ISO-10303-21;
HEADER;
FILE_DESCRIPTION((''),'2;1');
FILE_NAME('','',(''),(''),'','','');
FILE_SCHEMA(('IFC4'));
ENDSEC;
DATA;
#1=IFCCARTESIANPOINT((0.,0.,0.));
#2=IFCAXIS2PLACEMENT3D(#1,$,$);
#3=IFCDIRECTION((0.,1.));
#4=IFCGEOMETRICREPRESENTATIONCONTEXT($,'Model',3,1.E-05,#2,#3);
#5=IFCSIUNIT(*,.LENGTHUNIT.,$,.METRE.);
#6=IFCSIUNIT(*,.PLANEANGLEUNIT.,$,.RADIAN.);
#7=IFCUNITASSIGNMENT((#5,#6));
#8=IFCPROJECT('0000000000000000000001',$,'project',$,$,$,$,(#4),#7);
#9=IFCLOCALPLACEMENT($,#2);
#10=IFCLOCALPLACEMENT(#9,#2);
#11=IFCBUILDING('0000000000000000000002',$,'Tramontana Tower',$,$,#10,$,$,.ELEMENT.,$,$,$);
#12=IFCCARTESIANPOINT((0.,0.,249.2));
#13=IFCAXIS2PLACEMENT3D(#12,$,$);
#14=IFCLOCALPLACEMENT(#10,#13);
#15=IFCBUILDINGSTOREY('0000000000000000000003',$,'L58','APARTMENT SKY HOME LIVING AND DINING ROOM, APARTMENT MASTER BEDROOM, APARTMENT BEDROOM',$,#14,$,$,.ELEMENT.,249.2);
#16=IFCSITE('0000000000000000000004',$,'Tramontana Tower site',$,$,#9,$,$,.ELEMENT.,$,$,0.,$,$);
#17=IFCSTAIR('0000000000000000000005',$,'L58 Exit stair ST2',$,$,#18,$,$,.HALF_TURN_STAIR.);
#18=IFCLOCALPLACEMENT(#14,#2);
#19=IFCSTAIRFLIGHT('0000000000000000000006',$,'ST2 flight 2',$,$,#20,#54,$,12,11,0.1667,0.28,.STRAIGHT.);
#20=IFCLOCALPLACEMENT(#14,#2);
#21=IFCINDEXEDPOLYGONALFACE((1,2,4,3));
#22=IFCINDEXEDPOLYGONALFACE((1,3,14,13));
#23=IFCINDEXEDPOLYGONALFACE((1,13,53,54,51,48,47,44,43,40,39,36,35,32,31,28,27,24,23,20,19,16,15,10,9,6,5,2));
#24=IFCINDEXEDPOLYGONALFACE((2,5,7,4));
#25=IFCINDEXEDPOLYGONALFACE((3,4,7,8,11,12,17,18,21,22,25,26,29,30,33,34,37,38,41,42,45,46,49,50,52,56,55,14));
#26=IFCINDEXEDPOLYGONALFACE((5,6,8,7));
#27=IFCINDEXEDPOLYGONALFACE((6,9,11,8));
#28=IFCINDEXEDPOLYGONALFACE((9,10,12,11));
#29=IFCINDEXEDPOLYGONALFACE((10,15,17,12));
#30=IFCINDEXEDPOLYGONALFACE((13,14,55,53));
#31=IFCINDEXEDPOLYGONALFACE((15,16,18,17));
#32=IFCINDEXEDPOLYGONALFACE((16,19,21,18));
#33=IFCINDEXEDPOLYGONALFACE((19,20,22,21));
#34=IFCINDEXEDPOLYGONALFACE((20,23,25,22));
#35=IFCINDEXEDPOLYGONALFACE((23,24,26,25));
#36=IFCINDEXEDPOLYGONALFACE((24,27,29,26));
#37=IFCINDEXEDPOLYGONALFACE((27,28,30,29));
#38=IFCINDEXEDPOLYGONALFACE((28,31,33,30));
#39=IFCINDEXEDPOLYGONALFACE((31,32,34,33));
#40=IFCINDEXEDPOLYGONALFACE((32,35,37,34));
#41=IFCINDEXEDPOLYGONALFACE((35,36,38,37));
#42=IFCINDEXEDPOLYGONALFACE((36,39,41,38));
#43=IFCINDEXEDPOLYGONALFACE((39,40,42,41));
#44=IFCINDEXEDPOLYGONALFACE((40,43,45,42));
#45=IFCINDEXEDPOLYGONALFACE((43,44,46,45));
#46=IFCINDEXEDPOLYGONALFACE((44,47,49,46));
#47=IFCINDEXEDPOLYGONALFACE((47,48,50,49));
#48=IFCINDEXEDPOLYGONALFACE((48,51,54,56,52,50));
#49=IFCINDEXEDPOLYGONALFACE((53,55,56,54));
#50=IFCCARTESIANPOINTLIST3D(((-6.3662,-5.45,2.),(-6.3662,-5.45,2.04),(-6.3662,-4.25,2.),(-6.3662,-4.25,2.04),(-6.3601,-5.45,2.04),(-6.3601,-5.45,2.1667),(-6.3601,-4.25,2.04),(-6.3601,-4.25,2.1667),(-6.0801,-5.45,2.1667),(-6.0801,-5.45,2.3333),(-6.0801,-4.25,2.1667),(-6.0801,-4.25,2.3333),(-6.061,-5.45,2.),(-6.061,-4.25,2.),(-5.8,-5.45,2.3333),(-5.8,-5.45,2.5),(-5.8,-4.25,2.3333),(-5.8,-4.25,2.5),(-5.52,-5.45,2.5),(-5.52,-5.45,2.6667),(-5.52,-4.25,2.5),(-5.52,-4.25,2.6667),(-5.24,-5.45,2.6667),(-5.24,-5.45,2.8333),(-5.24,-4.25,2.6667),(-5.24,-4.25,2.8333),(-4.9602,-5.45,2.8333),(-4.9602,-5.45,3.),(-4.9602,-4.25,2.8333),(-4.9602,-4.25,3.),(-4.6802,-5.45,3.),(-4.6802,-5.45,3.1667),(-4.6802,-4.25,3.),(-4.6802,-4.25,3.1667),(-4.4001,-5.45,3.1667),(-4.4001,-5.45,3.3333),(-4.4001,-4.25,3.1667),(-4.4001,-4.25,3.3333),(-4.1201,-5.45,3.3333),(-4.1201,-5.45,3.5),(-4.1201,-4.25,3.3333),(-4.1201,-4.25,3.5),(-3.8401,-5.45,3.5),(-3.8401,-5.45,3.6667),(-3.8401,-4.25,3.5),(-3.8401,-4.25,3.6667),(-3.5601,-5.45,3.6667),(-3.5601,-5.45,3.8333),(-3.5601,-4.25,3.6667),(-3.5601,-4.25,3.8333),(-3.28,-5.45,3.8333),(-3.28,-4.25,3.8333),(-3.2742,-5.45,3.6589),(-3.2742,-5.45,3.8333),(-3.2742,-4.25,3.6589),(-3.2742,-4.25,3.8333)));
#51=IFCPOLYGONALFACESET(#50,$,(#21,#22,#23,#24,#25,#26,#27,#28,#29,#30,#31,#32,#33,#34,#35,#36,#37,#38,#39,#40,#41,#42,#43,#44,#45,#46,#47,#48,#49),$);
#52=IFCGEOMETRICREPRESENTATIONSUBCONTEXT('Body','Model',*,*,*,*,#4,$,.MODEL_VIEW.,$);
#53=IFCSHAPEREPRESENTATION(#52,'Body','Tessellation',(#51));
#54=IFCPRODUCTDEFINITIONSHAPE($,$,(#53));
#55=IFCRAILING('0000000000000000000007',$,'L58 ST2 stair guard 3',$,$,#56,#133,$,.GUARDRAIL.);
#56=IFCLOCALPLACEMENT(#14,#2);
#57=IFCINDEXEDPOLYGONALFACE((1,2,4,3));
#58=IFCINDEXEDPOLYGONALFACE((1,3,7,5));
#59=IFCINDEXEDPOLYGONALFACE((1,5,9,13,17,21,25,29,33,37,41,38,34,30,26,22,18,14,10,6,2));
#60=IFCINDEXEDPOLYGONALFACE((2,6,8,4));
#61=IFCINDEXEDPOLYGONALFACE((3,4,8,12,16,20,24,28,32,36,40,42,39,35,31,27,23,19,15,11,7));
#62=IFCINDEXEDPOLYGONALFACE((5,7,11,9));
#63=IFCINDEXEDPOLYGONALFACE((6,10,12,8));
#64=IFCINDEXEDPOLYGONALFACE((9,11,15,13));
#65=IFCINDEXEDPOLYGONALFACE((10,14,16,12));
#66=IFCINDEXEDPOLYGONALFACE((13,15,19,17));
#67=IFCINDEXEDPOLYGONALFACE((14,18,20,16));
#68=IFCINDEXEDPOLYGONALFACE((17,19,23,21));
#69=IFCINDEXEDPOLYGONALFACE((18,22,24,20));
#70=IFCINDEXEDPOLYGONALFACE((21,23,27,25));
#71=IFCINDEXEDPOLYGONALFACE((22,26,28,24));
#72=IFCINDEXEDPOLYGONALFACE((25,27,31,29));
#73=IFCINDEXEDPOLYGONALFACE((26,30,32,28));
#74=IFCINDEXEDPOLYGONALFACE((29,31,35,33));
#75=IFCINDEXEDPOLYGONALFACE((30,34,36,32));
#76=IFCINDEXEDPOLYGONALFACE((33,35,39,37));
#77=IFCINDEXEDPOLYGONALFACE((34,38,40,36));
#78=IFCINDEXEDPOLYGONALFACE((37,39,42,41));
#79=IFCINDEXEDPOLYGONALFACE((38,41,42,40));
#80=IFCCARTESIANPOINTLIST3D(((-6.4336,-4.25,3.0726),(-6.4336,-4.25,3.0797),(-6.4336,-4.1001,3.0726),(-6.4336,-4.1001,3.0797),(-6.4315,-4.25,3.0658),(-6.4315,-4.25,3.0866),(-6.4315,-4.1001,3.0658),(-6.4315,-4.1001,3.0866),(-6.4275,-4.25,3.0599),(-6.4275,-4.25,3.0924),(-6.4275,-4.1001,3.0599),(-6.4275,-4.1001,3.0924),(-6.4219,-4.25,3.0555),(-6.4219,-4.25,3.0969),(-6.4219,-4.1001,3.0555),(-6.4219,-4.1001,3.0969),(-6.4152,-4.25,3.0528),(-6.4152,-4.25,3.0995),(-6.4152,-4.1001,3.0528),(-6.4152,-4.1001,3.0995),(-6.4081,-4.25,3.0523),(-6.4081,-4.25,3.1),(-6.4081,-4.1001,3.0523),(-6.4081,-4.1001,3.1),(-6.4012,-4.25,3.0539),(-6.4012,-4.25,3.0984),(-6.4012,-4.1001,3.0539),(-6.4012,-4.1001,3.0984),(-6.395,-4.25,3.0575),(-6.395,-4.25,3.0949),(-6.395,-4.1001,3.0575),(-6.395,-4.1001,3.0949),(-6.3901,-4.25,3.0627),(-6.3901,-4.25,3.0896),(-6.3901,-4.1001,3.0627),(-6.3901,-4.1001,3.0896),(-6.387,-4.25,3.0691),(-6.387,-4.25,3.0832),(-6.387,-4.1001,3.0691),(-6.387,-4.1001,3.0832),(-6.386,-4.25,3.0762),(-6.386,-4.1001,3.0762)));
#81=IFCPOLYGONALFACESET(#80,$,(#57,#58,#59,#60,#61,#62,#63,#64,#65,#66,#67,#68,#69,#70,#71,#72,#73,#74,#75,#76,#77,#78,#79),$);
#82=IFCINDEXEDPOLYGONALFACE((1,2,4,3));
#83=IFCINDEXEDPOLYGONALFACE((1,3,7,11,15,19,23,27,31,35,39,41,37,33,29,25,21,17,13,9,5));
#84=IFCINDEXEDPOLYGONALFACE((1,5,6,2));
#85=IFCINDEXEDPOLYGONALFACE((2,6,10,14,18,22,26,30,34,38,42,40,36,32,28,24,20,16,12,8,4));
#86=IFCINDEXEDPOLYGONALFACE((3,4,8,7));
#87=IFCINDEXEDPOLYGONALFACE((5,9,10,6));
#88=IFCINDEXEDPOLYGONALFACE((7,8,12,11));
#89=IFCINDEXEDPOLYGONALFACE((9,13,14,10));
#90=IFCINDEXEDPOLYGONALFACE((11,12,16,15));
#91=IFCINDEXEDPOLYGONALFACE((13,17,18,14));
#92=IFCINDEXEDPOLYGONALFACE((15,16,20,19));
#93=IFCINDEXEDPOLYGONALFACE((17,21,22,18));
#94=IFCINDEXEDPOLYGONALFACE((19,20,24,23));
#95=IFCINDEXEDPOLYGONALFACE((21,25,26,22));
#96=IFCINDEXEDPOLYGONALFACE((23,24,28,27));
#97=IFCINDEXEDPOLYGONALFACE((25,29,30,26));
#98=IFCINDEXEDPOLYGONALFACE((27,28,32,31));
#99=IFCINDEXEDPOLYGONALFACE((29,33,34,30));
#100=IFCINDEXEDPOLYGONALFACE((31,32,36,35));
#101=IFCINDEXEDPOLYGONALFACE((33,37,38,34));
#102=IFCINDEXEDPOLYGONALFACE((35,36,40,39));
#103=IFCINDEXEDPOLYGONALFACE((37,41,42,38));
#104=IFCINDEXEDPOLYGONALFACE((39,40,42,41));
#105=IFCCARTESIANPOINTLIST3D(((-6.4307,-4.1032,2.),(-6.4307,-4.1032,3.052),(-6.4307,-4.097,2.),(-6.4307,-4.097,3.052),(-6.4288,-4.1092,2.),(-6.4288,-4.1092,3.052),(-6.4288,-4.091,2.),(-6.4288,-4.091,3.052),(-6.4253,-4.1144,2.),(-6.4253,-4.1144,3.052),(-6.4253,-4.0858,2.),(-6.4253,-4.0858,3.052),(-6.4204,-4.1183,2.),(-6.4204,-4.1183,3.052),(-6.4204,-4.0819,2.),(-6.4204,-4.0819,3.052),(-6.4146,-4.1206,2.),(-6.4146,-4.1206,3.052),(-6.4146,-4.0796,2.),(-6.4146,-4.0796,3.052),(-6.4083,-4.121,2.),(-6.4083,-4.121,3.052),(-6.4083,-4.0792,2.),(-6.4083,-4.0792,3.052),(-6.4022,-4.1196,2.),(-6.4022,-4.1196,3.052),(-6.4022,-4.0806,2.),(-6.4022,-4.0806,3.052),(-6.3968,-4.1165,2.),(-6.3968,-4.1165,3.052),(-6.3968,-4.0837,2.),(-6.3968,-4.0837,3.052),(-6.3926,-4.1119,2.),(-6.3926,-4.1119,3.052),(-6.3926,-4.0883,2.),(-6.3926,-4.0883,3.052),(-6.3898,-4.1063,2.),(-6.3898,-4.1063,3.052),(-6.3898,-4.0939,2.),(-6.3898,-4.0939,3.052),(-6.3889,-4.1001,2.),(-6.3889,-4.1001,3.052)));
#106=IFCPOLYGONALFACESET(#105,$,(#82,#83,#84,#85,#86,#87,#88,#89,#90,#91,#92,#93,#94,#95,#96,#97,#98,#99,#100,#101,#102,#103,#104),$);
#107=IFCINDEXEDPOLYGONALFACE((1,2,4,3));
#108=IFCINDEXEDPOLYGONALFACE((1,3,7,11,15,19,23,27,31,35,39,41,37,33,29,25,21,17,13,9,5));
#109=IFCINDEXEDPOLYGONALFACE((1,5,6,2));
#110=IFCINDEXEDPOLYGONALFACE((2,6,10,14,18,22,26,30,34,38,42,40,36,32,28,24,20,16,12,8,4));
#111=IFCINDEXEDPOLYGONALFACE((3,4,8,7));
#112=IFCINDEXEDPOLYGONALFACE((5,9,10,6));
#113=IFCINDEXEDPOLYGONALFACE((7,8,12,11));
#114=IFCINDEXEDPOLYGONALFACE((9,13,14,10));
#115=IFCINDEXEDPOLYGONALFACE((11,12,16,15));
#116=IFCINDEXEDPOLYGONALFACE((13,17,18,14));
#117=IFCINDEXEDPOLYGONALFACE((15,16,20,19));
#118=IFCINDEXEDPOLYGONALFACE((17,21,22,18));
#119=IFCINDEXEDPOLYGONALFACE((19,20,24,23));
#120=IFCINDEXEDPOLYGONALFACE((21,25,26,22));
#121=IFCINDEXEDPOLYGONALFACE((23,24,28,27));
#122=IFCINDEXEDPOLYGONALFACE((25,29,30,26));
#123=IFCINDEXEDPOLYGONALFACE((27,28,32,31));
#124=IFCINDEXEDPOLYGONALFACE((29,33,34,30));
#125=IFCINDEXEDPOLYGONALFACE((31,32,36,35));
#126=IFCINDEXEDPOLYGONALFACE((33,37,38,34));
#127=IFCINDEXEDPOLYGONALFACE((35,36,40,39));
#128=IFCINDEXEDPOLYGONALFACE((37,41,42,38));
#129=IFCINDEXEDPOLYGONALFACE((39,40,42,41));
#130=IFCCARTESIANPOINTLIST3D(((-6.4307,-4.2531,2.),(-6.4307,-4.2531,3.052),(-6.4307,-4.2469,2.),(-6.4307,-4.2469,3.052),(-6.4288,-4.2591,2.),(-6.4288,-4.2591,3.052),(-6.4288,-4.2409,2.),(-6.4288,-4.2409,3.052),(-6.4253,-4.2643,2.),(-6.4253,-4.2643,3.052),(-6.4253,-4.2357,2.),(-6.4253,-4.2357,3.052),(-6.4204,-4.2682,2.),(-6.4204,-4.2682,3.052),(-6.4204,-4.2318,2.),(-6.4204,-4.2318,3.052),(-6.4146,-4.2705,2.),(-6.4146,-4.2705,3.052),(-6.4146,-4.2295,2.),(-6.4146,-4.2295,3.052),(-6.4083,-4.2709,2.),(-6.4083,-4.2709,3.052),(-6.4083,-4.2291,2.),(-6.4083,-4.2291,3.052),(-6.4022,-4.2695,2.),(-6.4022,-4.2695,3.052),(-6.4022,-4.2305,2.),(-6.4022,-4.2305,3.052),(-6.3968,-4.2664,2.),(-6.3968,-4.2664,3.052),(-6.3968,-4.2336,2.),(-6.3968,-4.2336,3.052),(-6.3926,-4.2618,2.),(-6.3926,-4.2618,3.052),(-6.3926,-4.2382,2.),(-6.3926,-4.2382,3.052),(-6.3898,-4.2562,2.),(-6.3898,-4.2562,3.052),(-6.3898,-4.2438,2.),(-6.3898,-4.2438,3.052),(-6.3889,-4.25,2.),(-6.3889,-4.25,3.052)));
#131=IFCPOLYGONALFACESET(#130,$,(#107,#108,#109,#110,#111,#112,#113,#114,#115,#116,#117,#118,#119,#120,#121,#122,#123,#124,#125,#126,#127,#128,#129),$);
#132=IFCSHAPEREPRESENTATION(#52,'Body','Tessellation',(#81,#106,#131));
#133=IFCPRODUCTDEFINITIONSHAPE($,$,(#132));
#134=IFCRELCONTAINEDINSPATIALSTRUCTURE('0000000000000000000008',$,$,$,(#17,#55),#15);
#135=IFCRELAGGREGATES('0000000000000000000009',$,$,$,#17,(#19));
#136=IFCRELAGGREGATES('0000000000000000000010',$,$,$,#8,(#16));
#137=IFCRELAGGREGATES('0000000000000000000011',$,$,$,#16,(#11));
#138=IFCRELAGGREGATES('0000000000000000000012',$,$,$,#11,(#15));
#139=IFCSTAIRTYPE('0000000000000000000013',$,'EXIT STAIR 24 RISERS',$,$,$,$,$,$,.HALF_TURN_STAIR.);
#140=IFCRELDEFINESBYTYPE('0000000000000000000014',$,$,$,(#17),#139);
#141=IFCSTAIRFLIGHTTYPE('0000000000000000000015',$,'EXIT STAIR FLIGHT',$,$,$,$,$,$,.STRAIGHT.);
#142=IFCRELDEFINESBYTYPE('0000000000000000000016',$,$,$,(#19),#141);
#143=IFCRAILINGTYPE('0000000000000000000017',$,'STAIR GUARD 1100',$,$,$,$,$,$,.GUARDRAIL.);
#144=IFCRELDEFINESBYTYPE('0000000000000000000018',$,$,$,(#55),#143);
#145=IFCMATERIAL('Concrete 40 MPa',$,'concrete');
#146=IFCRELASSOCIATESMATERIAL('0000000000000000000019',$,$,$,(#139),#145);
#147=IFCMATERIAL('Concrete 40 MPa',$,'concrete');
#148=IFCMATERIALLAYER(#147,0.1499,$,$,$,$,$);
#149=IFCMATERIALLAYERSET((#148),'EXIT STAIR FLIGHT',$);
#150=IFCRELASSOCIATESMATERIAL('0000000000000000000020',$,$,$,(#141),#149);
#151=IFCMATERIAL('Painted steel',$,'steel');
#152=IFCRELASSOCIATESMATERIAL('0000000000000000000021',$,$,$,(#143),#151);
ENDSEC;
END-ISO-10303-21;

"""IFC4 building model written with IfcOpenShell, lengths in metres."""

from ifc_helpers import new_model, si_unit, direction, frame, origin, origin_2d, place, context, subcontext, project, spatial, polyline, circle, outline, extrude, material, layer, layer_set, type_object, element, aggregate, save


model = new_model("IFC4")

# Units and contexts
model_context = context("Model", 3, precision=1e-05, world=origin(), true_north=direction((0.0, 1.0)))
body_context = subcontext(model_context, "Body", "Model", "MODEL_VIEW")
ifc_project = project(units=[si_unit("LENGTHUNIT", "METRE"), si_unit("PLANEANGLEUNIT", "RADIAN")], contexts=[model_context])

# Site, building, storey
site_placement = place(None, origin())
site = spatial("IfcSite", under=ifc_project, at=site_placement, Name="Tramontana Tower site", CompositionType="ELEMENT", RefElevation=0.0)
building_placement = place(site_placement, origin())
building = spatial("IfcBuilding", under=site, at=building_placement, Name="Tramontana Tower", CompositionType="ELEMENT")
storey_placement = place(building_placement, frame((0.0, 0.0, 249.2)))
storey = spatial("IfcBuildingStorey", under=building, at=storey_placement, Name="L58", Description="APARTMENT SKY HOME LIVING AND DINING ROOM, APARTMENT MASTER BEDROOM, APARTMENT BEDROOM", CompositionType="ELEMENT", Elevation=249.2)

# Stair, stair flight
ifc_material_1 = material(Name="Concrete 40 MPa", Category="concrete")
stair_type = type_object("IfcStairType", Name="EXIT STAIR 24 RISERS", PredefinedType="HALF_TURN_STAIR", material=ifc_material_1)
stair_placement = place(storey_placement, origin())
stair = element("IfcStair", 1, at=stair_placement, inside=storey, type_object=stair_type, Name="L58 Exit stair ST2", PredefinedType="HALF_TURN_STAIR")
ifc_material_2 = material(Name="Concrete 40 MPa", Category="concrete")
ifc_layer_1 = layer(ifc_material_2, 0.1499)
ifc_layer_set_1 = layer_set([ifc_layer_1], Name="EXIT STAIR FLIGHT")
stair_flight_type = type_object("IfcStairFlightType", Name="EXIT STAIR FLIGHT", PredefinedType="STRAIGHT", material=ifc_layer_set_1)
stair_flight_placement = place(storey_placement, frame((-6.3601, -4.8501, 2.0), z_axis=(0.0, 0.0, 1.0), x_axis=(1.0, 0.0, 0.0)))
stair_flight = element("IfcStairFlight", 2, at=stair_flight_placement, type_object=stair_flight_type, Name="ST2 flight 2", NumberOfRisers=12, NumberOfTreads=11, PredefinedType="STRAIGHT", RiserHeight=0.1667, TreadLength=0.28, context=body_context, shape_type="SweptSolid", body=[
    extrude(outline(polyline([(-0.0061, 0.0), (-0.0061, 0.04), (0.0, 0.04), (0.0, 0.1667), (0.28, 0.1667), (0.28, 0.3333), (0.5601, 0.3333), (0.5601, 0.5), (0.8401, 0.5), (0.8401, 0.6667), (1.1201, 0.6667), (1.1201, 0.8333), (1.3999, 0.8333), (1.3999, 1.0), (1.6799, 1.0), (1.6799, 1.1667), (1.96, 1.1667), (1.96, 1.3333), (2.24, 1.3333), (2.24, 1.5), (2.52, 1.5), (2.52, 1.6667), (2.8, 1.6667), (2.8, 1.8333), (3.0801, 1.8333), (3.0859, 1.8333), (3.0859, 1.6589), (0.2991, 0.0), (-0.0061, 0.0)])), frame((0.0, 0.6001, 0.0), z_axis=(0.0, -1.0, 0.0), x_axis=(1.0, 0.0, 0.0)), (0.0, 0.0, 1.0), 1.2),
])
aggregate(stair, [stair_flight])

# Railing
ifc_material_3 = material(Name="Painted steel", Category="steel")
railing_type_1 = type_object("IfcRailingType", Name="STAIR GUARD 1100", PredefinedType="GUARDRAIL", material=ifc_material_3)
railing_1_placement = place(storey_placement, frame((-6.4099, -4.1001, 2.0)))
element("IfcRailing", 3, at=railing_1_placement, inside=storey, type_object=railing_type_1, Name="L58 ST2 stair guard 3", PredefinedType="GUARDRAIL", context=body_context, shape_type="SweptSolid", body=[
    extrude(circle(Radius=0.0239, at=origin_2d()), frame((0.0, 0.0, 1.0762), z_axis=(0.0, -1.0, 0.0), x_axis=(1.0, 0.0, 0.0)), (0.0, 0.0, 1.0), 0.1499),
    extrude(circle(Radius=0.021, at=origin_2d()), origin(), (0.0, 0.0, 1.0), 1.052),
    extrude(circle(Radius=0.021, at=origin_2d()), frame((0.0, -0.1499, 0.0)), (0.0, 0.0, 1.0), 1.052),
])

save(model, "model.ifc")
